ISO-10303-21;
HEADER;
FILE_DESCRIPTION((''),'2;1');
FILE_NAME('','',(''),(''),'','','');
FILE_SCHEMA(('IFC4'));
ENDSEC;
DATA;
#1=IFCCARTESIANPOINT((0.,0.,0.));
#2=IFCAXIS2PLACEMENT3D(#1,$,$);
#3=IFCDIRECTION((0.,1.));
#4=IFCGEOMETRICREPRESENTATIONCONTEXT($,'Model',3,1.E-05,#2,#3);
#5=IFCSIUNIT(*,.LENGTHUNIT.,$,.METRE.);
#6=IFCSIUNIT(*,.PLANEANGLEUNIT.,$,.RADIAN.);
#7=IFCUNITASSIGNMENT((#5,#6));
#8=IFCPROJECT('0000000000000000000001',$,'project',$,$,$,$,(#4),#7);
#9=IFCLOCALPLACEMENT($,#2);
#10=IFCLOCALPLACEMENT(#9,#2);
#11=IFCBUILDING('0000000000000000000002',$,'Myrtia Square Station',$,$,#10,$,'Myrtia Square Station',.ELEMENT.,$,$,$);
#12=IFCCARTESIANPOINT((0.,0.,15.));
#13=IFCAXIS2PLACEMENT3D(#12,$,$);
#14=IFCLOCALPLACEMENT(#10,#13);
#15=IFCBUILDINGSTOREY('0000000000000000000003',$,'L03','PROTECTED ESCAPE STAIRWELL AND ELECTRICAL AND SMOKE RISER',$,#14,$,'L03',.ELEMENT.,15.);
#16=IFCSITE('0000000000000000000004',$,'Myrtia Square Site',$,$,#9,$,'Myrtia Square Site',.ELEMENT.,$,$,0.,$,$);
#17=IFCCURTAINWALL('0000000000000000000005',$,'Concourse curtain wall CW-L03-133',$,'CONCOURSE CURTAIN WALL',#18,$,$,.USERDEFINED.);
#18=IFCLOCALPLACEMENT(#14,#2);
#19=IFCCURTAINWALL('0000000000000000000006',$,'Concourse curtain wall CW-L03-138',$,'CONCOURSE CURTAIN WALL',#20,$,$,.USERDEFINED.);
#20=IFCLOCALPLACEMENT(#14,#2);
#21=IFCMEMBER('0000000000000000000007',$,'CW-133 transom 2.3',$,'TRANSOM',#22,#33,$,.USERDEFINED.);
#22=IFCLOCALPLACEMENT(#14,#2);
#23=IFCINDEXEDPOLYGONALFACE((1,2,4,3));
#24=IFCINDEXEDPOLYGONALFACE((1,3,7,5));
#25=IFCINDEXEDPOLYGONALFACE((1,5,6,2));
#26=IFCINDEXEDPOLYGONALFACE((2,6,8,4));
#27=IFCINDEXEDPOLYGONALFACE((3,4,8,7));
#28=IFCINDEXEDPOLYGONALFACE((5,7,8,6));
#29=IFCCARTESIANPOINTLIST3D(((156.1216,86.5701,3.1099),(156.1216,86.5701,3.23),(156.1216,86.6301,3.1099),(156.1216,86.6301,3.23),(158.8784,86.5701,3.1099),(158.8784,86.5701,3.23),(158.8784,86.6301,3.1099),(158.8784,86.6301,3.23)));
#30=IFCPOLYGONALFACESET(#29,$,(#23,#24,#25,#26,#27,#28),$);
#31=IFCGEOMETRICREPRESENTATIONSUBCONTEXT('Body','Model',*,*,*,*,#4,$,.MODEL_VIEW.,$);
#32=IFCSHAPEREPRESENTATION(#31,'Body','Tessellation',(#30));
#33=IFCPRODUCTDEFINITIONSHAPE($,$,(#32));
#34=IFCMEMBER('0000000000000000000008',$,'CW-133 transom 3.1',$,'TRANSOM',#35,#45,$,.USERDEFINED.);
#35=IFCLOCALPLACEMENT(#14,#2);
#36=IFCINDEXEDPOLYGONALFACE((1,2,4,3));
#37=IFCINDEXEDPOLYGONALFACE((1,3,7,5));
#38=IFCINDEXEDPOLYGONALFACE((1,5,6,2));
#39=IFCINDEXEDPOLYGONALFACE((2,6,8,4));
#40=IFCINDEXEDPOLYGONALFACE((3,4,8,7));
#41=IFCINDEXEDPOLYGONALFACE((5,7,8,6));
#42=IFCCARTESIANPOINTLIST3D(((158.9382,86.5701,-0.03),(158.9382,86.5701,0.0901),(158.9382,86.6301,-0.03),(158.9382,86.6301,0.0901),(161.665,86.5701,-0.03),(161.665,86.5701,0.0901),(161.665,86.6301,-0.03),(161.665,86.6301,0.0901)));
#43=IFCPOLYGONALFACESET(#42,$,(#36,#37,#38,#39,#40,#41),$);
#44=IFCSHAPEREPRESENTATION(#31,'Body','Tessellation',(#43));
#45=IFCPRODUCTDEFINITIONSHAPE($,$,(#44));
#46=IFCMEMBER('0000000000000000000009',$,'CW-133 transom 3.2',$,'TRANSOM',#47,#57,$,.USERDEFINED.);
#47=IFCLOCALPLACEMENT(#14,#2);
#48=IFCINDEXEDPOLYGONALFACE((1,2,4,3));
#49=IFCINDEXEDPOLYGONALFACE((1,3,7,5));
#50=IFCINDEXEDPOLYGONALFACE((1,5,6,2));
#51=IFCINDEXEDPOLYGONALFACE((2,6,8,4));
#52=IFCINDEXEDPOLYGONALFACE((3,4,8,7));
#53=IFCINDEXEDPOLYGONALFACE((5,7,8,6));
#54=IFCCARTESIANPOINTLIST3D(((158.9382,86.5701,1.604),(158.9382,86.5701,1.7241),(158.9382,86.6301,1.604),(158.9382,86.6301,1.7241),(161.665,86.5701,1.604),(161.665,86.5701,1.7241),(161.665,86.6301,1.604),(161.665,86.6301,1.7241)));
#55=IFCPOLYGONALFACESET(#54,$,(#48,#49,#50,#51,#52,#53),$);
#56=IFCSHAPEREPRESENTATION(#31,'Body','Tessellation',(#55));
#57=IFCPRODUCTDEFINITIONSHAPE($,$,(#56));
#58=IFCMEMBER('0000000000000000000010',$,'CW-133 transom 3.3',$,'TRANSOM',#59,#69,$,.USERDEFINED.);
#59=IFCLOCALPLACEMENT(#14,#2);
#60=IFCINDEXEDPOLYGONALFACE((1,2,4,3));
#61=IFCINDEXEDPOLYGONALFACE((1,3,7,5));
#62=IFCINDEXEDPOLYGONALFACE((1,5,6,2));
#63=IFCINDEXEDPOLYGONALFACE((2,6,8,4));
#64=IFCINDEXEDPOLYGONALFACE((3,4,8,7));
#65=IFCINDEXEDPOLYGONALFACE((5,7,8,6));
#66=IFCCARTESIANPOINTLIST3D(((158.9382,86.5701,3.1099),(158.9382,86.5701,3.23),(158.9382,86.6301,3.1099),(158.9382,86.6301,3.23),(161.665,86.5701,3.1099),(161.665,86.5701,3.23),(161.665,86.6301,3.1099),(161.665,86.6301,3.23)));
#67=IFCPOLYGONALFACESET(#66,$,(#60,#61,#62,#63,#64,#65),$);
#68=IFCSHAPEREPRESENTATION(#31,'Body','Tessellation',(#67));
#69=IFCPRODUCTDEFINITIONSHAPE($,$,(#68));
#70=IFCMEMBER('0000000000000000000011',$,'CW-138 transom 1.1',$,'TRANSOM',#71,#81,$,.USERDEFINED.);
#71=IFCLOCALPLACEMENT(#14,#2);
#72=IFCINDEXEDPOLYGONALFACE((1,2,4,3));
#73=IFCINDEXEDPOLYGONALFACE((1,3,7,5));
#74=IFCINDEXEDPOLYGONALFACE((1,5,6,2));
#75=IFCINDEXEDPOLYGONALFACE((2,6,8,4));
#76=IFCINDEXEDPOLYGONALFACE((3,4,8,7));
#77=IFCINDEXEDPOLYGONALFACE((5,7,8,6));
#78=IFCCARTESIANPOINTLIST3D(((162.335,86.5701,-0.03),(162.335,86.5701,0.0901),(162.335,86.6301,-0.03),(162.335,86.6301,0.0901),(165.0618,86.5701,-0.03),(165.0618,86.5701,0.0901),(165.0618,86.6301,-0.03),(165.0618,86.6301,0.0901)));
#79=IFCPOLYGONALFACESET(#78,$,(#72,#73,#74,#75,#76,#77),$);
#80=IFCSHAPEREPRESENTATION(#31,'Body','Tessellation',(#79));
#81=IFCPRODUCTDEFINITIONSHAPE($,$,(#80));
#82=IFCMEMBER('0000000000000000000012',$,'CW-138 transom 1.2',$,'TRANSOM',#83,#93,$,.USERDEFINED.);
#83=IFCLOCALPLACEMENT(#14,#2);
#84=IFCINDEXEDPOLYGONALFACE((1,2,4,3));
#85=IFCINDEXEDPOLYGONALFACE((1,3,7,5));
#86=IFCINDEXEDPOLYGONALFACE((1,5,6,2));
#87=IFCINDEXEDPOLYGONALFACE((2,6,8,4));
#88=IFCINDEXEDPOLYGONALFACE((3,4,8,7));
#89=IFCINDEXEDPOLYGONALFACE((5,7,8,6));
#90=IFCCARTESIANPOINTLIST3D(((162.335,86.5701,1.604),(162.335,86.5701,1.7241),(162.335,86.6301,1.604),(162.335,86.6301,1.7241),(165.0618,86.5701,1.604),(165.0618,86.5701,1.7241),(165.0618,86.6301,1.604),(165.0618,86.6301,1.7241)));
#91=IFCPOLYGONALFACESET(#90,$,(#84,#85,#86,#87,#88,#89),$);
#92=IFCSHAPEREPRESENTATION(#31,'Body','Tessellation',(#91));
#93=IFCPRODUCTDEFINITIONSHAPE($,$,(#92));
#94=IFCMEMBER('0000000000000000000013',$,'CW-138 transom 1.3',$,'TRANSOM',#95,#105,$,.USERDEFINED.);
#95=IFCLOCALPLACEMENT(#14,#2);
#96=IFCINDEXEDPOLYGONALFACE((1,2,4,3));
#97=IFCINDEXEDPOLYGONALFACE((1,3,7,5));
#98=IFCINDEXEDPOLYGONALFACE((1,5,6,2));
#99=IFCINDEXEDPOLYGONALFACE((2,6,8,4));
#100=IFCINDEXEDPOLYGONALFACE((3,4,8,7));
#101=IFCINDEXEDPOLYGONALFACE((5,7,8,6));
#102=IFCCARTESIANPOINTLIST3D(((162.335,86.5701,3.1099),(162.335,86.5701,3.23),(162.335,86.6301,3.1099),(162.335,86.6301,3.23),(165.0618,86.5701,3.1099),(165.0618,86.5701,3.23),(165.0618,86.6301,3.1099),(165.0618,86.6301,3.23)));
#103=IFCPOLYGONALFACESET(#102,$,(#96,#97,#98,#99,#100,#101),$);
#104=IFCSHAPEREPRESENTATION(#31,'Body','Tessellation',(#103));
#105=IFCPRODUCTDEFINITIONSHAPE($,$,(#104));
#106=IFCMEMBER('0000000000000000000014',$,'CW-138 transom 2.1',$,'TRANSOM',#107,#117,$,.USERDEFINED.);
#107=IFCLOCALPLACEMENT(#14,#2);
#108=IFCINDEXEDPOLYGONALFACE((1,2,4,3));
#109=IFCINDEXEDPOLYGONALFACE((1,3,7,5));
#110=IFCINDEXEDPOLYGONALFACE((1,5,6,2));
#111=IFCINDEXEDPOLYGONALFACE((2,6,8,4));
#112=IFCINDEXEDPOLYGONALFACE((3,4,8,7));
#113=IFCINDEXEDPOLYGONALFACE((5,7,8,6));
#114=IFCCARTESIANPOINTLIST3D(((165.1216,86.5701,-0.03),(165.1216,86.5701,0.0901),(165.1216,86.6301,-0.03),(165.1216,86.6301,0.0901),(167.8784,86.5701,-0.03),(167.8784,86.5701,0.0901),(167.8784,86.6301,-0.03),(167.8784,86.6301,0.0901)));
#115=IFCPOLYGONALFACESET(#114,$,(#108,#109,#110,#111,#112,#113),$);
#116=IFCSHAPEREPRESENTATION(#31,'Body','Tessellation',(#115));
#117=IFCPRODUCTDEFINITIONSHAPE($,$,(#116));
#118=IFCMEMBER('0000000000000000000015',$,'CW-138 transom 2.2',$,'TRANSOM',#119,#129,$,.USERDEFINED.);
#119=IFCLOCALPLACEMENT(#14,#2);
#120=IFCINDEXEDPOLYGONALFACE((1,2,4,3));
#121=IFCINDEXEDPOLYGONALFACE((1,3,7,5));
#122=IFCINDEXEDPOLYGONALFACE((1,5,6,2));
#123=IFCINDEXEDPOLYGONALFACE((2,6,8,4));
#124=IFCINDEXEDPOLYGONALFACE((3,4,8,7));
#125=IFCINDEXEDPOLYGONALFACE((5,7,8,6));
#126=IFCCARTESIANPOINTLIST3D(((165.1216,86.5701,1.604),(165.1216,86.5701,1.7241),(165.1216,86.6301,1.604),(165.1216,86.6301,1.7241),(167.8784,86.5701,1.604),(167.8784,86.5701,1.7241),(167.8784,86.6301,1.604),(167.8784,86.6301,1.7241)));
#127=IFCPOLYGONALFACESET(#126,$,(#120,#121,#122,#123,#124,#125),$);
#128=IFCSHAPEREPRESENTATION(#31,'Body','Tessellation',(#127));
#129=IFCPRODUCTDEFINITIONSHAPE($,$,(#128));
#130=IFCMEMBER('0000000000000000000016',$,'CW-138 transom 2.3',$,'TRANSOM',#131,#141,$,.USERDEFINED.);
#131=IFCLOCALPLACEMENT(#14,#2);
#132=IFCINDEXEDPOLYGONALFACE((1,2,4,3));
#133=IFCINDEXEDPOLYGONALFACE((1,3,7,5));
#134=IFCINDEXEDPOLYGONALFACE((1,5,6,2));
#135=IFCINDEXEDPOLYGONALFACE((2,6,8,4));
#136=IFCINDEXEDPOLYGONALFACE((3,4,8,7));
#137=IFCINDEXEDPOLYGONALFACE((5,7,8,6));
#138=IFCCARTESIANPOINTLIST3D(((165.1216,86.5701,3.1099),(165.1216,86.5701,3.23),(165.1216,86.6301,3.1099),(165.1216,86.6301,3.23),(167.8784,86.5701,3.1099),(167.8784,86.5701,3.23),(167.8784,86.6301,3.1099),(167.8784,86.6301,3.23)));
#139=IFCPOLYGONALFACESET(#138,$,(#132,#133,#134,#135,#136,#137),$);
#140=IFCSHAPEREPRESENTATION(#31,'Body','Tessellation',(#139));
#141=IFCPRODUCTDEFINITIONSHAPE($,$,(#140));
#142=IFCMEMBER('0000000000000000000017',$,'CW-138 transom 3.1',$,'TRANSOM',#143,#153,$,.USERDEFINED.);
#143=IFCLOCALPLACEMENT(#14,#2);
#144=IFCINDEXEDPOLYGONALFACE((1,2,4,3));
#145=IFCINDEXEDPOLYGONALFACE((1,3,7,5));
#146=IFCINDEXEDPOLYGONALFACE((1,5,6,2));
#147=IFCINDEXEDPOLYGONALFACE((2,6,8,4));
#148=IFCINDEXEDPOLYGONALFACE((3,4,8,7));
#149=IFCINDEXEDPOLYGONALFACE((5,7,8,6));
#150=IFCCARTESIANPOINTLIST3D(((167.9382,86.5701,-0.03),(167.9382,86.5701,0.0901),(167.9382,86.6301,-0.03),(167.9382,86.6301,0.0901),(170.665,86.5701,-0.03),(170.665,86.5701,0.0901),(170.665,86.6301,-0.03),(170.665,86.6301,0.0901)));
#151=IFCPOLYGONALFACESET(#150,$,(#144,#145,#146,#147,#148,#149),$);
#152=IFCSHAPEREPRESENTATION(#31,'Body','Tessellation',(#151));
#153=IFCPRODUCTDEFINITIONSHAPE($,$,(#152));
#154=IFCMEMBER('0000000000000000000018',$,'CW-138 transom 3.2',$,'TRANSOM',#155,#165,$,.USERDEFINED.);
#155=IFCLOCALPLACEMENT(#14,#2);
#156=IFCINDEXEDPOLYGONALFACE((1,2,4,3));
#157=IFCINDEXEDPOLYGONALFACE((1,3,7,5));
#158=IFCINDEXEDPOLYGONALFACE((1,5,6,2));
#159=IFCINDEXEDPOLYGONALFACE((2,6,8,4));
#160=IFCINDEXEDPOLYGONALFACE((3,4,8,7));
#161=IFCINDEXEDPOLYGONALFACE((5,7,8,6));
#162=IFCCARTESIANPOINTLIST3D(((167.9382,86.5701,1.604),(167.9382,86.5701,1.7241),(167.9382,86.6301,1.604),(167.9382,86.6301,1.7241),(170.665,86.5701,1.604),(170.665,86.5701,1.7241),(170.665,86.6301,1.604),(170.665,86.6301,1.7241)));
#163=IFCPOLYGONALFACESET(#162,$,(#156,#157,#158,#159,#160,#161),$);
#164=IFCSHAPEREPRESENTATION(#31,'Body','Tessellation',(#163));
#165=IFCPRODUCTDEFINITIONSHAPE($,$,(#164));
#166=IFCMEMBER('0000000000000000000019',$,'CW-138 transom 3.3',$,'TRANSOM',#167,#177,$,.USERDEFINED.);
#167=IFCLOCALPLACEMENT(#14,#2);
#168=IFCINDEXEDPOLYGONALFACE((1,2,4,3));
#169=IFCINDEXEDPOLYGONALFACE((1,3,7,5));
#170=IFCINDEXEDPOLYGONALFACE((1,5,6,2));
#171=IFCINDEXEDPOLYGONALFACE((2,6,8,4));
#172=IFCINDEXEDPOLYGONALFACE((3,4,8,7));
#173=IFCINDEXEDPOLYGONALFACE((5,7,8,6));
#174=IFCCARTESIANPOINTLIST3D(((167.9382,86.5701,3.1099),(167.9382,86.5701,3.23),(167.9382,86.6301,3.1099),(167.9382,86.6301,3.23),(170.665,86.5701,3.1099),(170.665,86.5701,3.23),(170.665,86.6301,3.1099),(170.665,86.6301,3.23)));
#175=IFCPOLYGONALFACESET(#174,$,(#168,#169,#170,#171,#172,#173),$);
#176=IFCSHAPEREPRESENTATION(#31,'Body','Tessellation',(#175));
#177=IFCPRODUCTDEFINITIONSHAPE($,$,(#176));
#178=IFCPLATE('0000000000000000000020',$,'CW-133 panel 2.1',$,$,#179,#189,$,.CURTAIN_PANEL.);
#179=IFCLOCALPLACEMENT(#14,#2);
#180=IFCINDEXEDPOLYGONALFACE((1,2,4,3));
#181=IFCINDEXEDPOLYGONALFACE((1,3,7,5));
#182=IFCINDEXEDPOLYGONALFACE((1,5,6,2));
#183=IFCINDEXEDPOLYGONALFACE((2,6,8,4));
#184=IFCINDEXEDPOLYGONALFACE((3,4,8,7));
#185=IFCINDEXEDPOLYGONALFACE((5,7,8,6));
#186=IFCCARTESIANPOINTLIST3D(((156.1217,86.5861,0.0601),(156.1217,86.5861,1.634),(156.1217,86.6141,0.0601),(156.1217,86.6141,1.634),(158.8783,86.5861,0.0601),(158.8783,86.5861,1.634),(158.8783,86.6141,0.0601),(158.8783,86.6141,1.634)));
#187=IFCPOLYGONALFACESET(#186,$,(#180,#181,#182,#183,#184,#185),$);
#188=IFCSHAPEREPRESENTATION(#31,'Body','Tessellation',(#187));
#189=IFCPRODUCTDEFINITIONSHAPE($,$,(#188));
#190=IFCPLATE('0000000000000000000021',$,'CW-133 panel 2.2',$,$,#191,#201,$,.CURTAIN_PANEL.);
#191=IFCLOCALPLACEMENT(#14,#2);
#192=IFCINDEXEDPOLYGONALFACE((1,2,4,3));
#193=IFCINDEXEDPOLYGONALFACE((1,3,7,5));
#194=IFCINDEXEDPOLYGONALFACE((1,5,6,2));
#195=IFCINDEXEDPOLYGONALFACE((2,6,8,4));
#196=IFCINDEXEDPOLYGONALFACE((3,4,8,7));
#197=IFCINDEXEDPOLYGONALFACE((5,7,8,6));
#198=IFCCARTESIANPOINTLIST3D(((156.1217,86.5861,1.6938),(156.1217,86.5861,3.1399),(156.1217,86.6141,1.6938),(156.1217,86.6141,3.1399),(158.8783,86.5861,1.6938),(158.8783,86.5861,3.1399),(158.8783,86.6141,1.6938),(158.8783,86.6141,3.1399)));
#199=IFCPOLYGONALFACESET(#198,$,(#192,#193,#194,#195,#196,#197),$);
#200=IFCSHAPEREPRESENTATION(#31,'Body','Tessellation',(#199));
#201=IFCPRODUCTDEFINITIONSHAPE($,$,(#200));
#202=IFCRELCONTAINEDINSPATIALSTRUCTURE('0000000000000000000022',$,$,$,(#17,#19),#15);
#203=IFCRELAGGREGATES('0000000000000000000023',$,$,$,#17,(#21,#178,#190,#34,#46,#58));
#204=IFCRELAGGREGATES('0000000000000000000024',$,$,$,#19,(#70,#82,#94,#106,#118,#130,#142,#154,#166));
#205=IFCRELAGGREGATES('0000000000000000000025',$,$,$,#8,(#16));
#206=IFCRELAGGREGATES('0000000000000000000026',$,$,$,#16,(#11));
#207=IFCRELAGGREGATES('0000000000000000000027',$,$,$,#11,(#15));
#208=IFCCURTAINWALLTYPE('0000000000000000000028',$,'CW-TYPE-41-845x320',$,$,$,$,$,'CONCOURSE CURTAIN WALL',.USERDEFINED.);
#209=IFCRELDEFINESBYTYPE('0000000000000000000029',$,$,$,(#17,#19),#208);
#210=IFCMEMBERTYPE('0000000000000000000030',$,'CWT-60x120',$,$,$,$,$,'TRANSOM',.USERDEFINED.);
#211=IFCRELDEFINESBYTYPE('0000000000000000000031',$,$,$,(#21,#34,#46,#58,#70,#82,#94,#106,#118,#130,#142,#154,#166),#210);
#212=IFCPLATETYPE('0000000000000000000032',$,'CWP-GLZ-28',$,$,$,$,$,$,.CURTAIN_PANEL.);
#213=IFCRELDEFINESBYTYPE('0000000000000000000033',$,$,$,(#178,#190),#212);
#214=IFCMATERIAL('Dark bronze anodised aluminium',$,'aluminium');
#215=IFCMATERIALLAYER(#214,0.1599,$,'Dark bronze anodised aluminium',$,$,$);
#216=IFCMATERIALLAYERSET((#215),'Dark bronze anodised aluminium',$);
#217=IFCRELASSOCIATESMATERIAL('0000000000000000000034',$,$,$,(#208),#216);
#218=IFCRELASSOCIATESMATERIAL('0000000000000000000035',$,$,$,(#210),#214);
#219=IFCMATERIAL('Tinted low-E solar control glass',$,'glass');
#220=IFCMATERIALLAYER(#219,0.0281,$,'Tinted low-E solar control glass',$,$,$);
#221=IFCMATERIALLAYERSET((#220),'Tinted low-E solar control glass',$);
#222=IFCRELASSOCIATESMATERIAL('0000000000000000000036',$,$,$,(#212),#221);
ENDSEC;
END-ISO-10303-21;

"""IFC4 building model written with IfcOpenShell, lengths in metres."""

from ifc_helpers import new_model, si_unit, direction, frame, origin, origin_2d, place, context, subcontext, project, spatial, rectangle, extrude, material, layer, layer_set, material_profile, profile_set, type_object, element, aggregate, save


model = new_model("IFC4")

# Units and contexts
model_context = context("Model", 3, precision=1e-05, world=origin(), true_north=direction((0.0, 1.0)))
body_context = subcontext(model_context, "Body", "Model", "MODEL_VIEW")
ifc_project = project(units=[si_unit("LENGTHUNIT", "METRE"), si_unit("PLANEANGLEUNIT", "RADIAN")], contexts=[model_context])

# Site, building, storey
site_placement = place(None, origin())
site = spatial("IfcSite", under=ifc_project, at=site_placement, Name="Myrtia Square Site", LongName="Myrtia Square Site", CompositionType="ELEMENT", RefElevation=0.0)
building_placement = place(site_placement, origin())
building = spatial("IfcBuilding", under=site, at=building_placement, Name="Myrtia Square Station", LongName="Myrtia Square Station", CompositionType="ELEMENT")
storey_placement = place(building_placement, frame((0.0, 0.0, 15.0)))
storey = spatial("IfcBuildingStorey", under=building, at=storey_placement, Name="L03", Description="PROTECTED ESCAPE STAIRWELL AND ELECTRICAL AND SMOKE RISER", LongName="L03", CompositionType="ELEMENT", Elevation=15.0)

# Curtain walls
ifc_material_1 = material(Name="Dark bronze anodised aluminium", Category="aluminium")
ifc_layer_1 = layer(ifc_material_1, 0.1599, Name="Dark bronze anodised aluminium")
ifc_layer_set_1 = layer_set([ifc_layer_1], Name="Dark bronze anodised aluminium")
curtain_wall_type = type_object("IfcCurtainWallType", Name="CW-TYPE-41-845x320", ElementType="CONCOURSE CURTAIN WALL", PredefinedType="USERDEFINED", material=ifc_layer_set_1)
curtain_wall_1_placement = place(storey_placement, origin())
curtain_wall_1 = element("IfcCurtainWall", 1, at=curtain_wall_1_placement, inside=storey, type_object=curtain_wall_type, Name="Concourse curtain wall CW-L03-133", ObjectType="CONCOURSE CURTAIN WALL", PredefinedType="USERDEFINED")
curtain_wall_2_placement = place(storey_placement, origin())
curtain_wall_2 = element("IfcCurtainWall", 2, at=curtain_wall_2_placement, inside=storey, type_object=curtain_wall_type, Name="Concourse curtain wall CW-L03-138", ObjectType="CONCOURSE CURTAIN WALL", PredefinedType="USERDEFINED")

# Members
ifc_material_profile_1 = material_profile(ifc_material_1, rectangle(XDim=0.0601, YDim=0.1201, at=origin_2d()), Name="ALU-T 60x120")
ifc_profile_set_1 = profile_set([ifc_material_profile_1], Name="Dark bronze anodised aluminium")
member_type_1 = type_object("IfcMemberType", Name="CWT-60x120", ElementType="TRANSOM", PredefinedType="USERDEFINED", material=ifc_profile_set_1)
member_1_placement = place(storey_placement, frame((156.1216, 86.6001, 3.1699), z_axis=(1.0, 0.0, 0.0), x_axis=(0.0, 1.0, 0.0)))
member_1 = element("IfcMember", 3, at=member_1_placement, type_object=member_type_1, Name="CW-133 transom 2.3", ObjectType="TRANSOM", PredefinedType="USERDEFINED", context=body_context, shape_type="SweptSolid", body=[
    extrude(rectangle(XDim=0.0601, YDim=0.1201, at=origin_2d()), origin(), (0.0, 0.0, 1.0), 2.7568),
])
member_2_placement = place(storey_placement, frame((158.9382, 86.6001, 0.03), z_axis=(1.0, 0.0, 0.0), x_axis=(0.0, 1.0, 0.0)))
member_2 = element("IfcMember", 4, at=member_2_placement, type_object=member_type_1, Name="CW-133 transom 3.1", ObjectType="TRANSOM", PredefinedType="USERDEFINED", context=body_context, shape_type="SweptSolid", body=[
    extrude(rectangle(XDim=0.0601, YDim=0.1201, at=origin_2d()), origin(), (0.0, 0.0, 1.0), 2.7268),
])
member_3_placement = place(storey_placement, frame((158.9382, 86.6001, 1.6641), z_axis=(1.0, 0.0, 0.0), x_axis=(0.0, 1.0, 0.0)))
member_3 = element("IfcMember", 5, at=member_3_placement, type_object=member_type_1, Name="CW-133 transom 3.2", ObjectType="TRANSOM", PredefinedType="USERDEFINED", context=body_context, shape_type="SweptSolid", body=[
    extrude(rectangle(XDim=0.0601, YDim=0.1201, at=origin_2d()), origin(), (0.0, 0.0, 1.0), 2.7268),
])
member_4_placement = place(storey_placement, frame((158.9382, 86.6001, 3.1699), z_axis=(1.0, 0.0, 0.0), x_axis=(0.0, 1.0, 0.0)))
member_4 = element("IfcMember", 6, at=member_4_placement, type_object=member_type_1, Name="CW-133 transom 3.3", ObjectType="TRANSOM", PredefinedType="USERDEFINED", context=body_context, shape_type="SweptSolid", body=[
    extrude(rectangle(XDim=0.0601, YDim=0.1201, at=origin_2d()), origin(), (0.0, 0.0, 1.0), 2.7268),
])
member_5_placement = place(storey_placement, frame((162.335, 86.6001, 0.03), z_axis=(1.0, 0.0, 0.0), x_axis=(0.0, 1.0, 0.0)))
member_5 = element("IfcMember", 7, at=member_5_placement, type_object=member_type_1, Name="CW-138 transom 1.1", ObjectType="TRANSOM", PredefinedType="USERDEFINED", context=body_context, shape_type="SweptSolid", body=[
    extrude(rectangle(XDim=0.0601, YDim=0.1201, at=origin_2d()), origin(), (0.0, 0.0, 1.0), 2.7268),
])
member_6_placement = place(storey_placement, frame((162.335, 86.6001, 1.6641), z_axis=(1.0, 0.0, 0.0), x_axis=(0.0, 1.0, 0.0)))
member_6 = element("IfcMember", 8, at=member_6_placement, type_object=member_type_1, Name="CW-138 transom 1.2", ObjectType="TRANSOM", PredefinedType="USERDEFINED", context=body_context, shape_type="SweptSolid", body=[
    extrude(rectangle(XDim=0.0601, YDim=0.1201, at=origin_2d()), origin(), (0.0, 0.0, 1.0), 2.7268),
])
member_7_placement = place(storey_placement, frame((162.335, 86.6001, 3.1699), z_axis=(1.0, 0.0, 0.0), x_axis=(0.0, 1.0, 0.0)))
member_7 = element("IfcMember", 9, at=member_7_placement, type_object=member_type_1, Name="CW-138 transom 1.3", ObjectType="TRANSOM", PredefinedType="USERDEFINED", context=body_context, shape_type="SweptSolid", body=[
    extrude(rectangle(XDim=0.0601, YDim=0.1201, at=origin_2d()), origin(), (0.0, 0.0, 1.0), 2.7268),
])
member_8_placement = place(storey_placement, frame((165.1216, 86.6001, 0.03), z_axis=(1.0, 0.0, 0.0), x_axis=(0.0, 1.0, 0.0)))
member_8 = element("IfcMember", 10, at=member_8_placement, type_object=member_type_1, Name="CW-138 transom 2.1", ObjectType="TRANSOM", PredefinedType="USERDEFINED", context=body_context, shape_type="SweptSolid", body=[
    extrude(rectangle(XDim=0.0601, YDim=0.1201, at=origin_2d()), origin(), (0.0, 0.0, 1.0), 2.7568),
])
member_9_placement = place(storey_placement, frame((165.1216, 86.6001, 1.6641), z_axis=(1.0, 0.0, 0.0), x_axis=(0.0, 1.0, 0.0)))
member_9 = element("IfcMember", 11, at=member_9_placement, type_object=member_type_1, Name="CW-138 transom 2.2", ObjectType="TRANSOM", PredefinedType="USERDEFINED", context=body_context, shape_type="SweptSolid", body=[
    extrude(rectangle(XDim=0.0601, YDim=0.1201, at=origin_2d()), origin(), (0.0, 0.0, 1.0), 2.7568),
])
member_10_placement = place(storey_placement, frame((165.1216, 86.6001, 3.1699), z_axis=(1.0, 0.0, 0.0), x_axis=(0.0, 1.0, 0.0)))
member_10 = element("IfcMember", 12, at=member_10_placement, type_object=member_type_1, Name="CW-138 transom 2.3", ObjectType="TRANSOM", PredefinedType="USERDEFINED", context=body_context, shape_type="SweptSolid", body=[
    extrude(rectangle(XDim=0.0601, YDim=0.1201, at=origin_2d()), origin(), (0.0, 0.0, 1.0), 2.7568),
])
member_11_placement = place(storey_placement, frame((167.9382, 86.6001, 0.03), z_axis=(1.0, 0.0, 0.0), x_axis=(0.0, 1.0, 0.0)))
member_11 = element("IfcMember", 13, at=member_11_placement, type_object=member_type_1, Name="CW-138 transom 3.1", ObjectType="TRANSOM", PredefinedType="USERDEFINED", context=body_context, shape_type="SweptSolid", body=[
    extrude(rectangle(XDim=0.0601, YDim=0.1201, at=origin_2d()), origin(), (0.0, 0.0, 1.0), 2.7268),
])
member_12_placement = place(storey_placement, frame((167.9382, 86.6001, 1.6641), z_axis=(1.0, 0.0, 0.0), x_axis=(0.0, 1.0, 0.0)))
member_12 = element("IfcMember", 14, at=member_12_placement, type_object=member_type_1, Name="CW-138 transom 3.2", ObjectType="TRANSOM", PredefinedType="USERDEFINED", context=body_context, shape_type="SweptSolid", body=[
    extrude(rectangle(XDim=0.0601, YDim=0.1201, at=origin_2d()), origin(), (0.0, 0.0, 1.0), 2.7268),
])
member_13_placement = place(storey_placement, frame((167.9382, 86.6001, 3.1699), z_axis=(1.0, 0.0, 0.0), x_axis=(0.0, 1.0, 0.0)))
member_13 = element("IfcMember", 15, at=member_13_placement, type_object=member_type_1, Name="CW-138 transom 3.3", ObjectType="TRANSOM", PredefinedType="USERDEFINED", context=body_context, shape_type="SweptSolid", body=[
    extrude(rectangle(XDim=0.0601, YDim=0.1201, at=origin_2d()), origin(), (0.0, 0.0, 1.0), 2.7268),
])

# Plates
ifc_material_2 = material(Name="Tinted low-E solar control glass", Category="glass")
ifc_layer_2 = layer(ifc_material_2, 0.0281, Name="Tinted low-E solar control glass")
ifc_layer_set_2 = layer_set([ifc_layer_2], Name="Tinted low-E solar control glass")
plate_type_1 = type_object("IfcPlateType", Name="CWP-GLZ-28", PredefinedType="CURTAIN_PANEL", material=ifc_layer_set_2)
plate_1_placement = place(storey_placement, frame((157.5, 86.6001, 0.0601), z_axis=(0.0, 0.0, 1.0), x_axis=(1.0, 0.0, 0.0)))
plate_1 = element("IfcPlate", 16, at=plate_1_placement, type_object=plate_type_1, Name="CW-133 panel 2.1", PredefinedType="CURTAIN_PANEL", context=body_context, shape_type="SweptSolid", body=[
    extrude(rectangle(XDim=2.7566, YDim=0.0281, at=origin_2d()), origin(), (0.0, 0.0, 1.0), 1.574),
])
plate_2_placement = place(storey_placement, frame((157.5, 86.6001, 1.6938), z_axis=(0.0, 0.0, 1.0), x_axis=(1.0, 0.0, 0.0)))
plate_2 = element("IfcPlate", 17, at=plate_2_placement, type_object=plate_type_1, Name="CW-133 panel 2.2", PredefinedType="CURTAIN_PANEL", context=body_context, shape_type="SweptSolid", body=[
    extrude(rectangle(XDim=2.7566, YDim=0.0281, at=origin_2d()), origin(), (0.0, 0.0, 1.0), 1.446),
])
aggregate(curtain_wall_1, [member_1, plate_1, plate_2, member_2, member_3, member_4])
aggregate(curtain_wall_2, [member_5, member_6, member_7, member_8, member_9, member_10, member_11, member_12, member_13])

save(model, "model.ifc")
